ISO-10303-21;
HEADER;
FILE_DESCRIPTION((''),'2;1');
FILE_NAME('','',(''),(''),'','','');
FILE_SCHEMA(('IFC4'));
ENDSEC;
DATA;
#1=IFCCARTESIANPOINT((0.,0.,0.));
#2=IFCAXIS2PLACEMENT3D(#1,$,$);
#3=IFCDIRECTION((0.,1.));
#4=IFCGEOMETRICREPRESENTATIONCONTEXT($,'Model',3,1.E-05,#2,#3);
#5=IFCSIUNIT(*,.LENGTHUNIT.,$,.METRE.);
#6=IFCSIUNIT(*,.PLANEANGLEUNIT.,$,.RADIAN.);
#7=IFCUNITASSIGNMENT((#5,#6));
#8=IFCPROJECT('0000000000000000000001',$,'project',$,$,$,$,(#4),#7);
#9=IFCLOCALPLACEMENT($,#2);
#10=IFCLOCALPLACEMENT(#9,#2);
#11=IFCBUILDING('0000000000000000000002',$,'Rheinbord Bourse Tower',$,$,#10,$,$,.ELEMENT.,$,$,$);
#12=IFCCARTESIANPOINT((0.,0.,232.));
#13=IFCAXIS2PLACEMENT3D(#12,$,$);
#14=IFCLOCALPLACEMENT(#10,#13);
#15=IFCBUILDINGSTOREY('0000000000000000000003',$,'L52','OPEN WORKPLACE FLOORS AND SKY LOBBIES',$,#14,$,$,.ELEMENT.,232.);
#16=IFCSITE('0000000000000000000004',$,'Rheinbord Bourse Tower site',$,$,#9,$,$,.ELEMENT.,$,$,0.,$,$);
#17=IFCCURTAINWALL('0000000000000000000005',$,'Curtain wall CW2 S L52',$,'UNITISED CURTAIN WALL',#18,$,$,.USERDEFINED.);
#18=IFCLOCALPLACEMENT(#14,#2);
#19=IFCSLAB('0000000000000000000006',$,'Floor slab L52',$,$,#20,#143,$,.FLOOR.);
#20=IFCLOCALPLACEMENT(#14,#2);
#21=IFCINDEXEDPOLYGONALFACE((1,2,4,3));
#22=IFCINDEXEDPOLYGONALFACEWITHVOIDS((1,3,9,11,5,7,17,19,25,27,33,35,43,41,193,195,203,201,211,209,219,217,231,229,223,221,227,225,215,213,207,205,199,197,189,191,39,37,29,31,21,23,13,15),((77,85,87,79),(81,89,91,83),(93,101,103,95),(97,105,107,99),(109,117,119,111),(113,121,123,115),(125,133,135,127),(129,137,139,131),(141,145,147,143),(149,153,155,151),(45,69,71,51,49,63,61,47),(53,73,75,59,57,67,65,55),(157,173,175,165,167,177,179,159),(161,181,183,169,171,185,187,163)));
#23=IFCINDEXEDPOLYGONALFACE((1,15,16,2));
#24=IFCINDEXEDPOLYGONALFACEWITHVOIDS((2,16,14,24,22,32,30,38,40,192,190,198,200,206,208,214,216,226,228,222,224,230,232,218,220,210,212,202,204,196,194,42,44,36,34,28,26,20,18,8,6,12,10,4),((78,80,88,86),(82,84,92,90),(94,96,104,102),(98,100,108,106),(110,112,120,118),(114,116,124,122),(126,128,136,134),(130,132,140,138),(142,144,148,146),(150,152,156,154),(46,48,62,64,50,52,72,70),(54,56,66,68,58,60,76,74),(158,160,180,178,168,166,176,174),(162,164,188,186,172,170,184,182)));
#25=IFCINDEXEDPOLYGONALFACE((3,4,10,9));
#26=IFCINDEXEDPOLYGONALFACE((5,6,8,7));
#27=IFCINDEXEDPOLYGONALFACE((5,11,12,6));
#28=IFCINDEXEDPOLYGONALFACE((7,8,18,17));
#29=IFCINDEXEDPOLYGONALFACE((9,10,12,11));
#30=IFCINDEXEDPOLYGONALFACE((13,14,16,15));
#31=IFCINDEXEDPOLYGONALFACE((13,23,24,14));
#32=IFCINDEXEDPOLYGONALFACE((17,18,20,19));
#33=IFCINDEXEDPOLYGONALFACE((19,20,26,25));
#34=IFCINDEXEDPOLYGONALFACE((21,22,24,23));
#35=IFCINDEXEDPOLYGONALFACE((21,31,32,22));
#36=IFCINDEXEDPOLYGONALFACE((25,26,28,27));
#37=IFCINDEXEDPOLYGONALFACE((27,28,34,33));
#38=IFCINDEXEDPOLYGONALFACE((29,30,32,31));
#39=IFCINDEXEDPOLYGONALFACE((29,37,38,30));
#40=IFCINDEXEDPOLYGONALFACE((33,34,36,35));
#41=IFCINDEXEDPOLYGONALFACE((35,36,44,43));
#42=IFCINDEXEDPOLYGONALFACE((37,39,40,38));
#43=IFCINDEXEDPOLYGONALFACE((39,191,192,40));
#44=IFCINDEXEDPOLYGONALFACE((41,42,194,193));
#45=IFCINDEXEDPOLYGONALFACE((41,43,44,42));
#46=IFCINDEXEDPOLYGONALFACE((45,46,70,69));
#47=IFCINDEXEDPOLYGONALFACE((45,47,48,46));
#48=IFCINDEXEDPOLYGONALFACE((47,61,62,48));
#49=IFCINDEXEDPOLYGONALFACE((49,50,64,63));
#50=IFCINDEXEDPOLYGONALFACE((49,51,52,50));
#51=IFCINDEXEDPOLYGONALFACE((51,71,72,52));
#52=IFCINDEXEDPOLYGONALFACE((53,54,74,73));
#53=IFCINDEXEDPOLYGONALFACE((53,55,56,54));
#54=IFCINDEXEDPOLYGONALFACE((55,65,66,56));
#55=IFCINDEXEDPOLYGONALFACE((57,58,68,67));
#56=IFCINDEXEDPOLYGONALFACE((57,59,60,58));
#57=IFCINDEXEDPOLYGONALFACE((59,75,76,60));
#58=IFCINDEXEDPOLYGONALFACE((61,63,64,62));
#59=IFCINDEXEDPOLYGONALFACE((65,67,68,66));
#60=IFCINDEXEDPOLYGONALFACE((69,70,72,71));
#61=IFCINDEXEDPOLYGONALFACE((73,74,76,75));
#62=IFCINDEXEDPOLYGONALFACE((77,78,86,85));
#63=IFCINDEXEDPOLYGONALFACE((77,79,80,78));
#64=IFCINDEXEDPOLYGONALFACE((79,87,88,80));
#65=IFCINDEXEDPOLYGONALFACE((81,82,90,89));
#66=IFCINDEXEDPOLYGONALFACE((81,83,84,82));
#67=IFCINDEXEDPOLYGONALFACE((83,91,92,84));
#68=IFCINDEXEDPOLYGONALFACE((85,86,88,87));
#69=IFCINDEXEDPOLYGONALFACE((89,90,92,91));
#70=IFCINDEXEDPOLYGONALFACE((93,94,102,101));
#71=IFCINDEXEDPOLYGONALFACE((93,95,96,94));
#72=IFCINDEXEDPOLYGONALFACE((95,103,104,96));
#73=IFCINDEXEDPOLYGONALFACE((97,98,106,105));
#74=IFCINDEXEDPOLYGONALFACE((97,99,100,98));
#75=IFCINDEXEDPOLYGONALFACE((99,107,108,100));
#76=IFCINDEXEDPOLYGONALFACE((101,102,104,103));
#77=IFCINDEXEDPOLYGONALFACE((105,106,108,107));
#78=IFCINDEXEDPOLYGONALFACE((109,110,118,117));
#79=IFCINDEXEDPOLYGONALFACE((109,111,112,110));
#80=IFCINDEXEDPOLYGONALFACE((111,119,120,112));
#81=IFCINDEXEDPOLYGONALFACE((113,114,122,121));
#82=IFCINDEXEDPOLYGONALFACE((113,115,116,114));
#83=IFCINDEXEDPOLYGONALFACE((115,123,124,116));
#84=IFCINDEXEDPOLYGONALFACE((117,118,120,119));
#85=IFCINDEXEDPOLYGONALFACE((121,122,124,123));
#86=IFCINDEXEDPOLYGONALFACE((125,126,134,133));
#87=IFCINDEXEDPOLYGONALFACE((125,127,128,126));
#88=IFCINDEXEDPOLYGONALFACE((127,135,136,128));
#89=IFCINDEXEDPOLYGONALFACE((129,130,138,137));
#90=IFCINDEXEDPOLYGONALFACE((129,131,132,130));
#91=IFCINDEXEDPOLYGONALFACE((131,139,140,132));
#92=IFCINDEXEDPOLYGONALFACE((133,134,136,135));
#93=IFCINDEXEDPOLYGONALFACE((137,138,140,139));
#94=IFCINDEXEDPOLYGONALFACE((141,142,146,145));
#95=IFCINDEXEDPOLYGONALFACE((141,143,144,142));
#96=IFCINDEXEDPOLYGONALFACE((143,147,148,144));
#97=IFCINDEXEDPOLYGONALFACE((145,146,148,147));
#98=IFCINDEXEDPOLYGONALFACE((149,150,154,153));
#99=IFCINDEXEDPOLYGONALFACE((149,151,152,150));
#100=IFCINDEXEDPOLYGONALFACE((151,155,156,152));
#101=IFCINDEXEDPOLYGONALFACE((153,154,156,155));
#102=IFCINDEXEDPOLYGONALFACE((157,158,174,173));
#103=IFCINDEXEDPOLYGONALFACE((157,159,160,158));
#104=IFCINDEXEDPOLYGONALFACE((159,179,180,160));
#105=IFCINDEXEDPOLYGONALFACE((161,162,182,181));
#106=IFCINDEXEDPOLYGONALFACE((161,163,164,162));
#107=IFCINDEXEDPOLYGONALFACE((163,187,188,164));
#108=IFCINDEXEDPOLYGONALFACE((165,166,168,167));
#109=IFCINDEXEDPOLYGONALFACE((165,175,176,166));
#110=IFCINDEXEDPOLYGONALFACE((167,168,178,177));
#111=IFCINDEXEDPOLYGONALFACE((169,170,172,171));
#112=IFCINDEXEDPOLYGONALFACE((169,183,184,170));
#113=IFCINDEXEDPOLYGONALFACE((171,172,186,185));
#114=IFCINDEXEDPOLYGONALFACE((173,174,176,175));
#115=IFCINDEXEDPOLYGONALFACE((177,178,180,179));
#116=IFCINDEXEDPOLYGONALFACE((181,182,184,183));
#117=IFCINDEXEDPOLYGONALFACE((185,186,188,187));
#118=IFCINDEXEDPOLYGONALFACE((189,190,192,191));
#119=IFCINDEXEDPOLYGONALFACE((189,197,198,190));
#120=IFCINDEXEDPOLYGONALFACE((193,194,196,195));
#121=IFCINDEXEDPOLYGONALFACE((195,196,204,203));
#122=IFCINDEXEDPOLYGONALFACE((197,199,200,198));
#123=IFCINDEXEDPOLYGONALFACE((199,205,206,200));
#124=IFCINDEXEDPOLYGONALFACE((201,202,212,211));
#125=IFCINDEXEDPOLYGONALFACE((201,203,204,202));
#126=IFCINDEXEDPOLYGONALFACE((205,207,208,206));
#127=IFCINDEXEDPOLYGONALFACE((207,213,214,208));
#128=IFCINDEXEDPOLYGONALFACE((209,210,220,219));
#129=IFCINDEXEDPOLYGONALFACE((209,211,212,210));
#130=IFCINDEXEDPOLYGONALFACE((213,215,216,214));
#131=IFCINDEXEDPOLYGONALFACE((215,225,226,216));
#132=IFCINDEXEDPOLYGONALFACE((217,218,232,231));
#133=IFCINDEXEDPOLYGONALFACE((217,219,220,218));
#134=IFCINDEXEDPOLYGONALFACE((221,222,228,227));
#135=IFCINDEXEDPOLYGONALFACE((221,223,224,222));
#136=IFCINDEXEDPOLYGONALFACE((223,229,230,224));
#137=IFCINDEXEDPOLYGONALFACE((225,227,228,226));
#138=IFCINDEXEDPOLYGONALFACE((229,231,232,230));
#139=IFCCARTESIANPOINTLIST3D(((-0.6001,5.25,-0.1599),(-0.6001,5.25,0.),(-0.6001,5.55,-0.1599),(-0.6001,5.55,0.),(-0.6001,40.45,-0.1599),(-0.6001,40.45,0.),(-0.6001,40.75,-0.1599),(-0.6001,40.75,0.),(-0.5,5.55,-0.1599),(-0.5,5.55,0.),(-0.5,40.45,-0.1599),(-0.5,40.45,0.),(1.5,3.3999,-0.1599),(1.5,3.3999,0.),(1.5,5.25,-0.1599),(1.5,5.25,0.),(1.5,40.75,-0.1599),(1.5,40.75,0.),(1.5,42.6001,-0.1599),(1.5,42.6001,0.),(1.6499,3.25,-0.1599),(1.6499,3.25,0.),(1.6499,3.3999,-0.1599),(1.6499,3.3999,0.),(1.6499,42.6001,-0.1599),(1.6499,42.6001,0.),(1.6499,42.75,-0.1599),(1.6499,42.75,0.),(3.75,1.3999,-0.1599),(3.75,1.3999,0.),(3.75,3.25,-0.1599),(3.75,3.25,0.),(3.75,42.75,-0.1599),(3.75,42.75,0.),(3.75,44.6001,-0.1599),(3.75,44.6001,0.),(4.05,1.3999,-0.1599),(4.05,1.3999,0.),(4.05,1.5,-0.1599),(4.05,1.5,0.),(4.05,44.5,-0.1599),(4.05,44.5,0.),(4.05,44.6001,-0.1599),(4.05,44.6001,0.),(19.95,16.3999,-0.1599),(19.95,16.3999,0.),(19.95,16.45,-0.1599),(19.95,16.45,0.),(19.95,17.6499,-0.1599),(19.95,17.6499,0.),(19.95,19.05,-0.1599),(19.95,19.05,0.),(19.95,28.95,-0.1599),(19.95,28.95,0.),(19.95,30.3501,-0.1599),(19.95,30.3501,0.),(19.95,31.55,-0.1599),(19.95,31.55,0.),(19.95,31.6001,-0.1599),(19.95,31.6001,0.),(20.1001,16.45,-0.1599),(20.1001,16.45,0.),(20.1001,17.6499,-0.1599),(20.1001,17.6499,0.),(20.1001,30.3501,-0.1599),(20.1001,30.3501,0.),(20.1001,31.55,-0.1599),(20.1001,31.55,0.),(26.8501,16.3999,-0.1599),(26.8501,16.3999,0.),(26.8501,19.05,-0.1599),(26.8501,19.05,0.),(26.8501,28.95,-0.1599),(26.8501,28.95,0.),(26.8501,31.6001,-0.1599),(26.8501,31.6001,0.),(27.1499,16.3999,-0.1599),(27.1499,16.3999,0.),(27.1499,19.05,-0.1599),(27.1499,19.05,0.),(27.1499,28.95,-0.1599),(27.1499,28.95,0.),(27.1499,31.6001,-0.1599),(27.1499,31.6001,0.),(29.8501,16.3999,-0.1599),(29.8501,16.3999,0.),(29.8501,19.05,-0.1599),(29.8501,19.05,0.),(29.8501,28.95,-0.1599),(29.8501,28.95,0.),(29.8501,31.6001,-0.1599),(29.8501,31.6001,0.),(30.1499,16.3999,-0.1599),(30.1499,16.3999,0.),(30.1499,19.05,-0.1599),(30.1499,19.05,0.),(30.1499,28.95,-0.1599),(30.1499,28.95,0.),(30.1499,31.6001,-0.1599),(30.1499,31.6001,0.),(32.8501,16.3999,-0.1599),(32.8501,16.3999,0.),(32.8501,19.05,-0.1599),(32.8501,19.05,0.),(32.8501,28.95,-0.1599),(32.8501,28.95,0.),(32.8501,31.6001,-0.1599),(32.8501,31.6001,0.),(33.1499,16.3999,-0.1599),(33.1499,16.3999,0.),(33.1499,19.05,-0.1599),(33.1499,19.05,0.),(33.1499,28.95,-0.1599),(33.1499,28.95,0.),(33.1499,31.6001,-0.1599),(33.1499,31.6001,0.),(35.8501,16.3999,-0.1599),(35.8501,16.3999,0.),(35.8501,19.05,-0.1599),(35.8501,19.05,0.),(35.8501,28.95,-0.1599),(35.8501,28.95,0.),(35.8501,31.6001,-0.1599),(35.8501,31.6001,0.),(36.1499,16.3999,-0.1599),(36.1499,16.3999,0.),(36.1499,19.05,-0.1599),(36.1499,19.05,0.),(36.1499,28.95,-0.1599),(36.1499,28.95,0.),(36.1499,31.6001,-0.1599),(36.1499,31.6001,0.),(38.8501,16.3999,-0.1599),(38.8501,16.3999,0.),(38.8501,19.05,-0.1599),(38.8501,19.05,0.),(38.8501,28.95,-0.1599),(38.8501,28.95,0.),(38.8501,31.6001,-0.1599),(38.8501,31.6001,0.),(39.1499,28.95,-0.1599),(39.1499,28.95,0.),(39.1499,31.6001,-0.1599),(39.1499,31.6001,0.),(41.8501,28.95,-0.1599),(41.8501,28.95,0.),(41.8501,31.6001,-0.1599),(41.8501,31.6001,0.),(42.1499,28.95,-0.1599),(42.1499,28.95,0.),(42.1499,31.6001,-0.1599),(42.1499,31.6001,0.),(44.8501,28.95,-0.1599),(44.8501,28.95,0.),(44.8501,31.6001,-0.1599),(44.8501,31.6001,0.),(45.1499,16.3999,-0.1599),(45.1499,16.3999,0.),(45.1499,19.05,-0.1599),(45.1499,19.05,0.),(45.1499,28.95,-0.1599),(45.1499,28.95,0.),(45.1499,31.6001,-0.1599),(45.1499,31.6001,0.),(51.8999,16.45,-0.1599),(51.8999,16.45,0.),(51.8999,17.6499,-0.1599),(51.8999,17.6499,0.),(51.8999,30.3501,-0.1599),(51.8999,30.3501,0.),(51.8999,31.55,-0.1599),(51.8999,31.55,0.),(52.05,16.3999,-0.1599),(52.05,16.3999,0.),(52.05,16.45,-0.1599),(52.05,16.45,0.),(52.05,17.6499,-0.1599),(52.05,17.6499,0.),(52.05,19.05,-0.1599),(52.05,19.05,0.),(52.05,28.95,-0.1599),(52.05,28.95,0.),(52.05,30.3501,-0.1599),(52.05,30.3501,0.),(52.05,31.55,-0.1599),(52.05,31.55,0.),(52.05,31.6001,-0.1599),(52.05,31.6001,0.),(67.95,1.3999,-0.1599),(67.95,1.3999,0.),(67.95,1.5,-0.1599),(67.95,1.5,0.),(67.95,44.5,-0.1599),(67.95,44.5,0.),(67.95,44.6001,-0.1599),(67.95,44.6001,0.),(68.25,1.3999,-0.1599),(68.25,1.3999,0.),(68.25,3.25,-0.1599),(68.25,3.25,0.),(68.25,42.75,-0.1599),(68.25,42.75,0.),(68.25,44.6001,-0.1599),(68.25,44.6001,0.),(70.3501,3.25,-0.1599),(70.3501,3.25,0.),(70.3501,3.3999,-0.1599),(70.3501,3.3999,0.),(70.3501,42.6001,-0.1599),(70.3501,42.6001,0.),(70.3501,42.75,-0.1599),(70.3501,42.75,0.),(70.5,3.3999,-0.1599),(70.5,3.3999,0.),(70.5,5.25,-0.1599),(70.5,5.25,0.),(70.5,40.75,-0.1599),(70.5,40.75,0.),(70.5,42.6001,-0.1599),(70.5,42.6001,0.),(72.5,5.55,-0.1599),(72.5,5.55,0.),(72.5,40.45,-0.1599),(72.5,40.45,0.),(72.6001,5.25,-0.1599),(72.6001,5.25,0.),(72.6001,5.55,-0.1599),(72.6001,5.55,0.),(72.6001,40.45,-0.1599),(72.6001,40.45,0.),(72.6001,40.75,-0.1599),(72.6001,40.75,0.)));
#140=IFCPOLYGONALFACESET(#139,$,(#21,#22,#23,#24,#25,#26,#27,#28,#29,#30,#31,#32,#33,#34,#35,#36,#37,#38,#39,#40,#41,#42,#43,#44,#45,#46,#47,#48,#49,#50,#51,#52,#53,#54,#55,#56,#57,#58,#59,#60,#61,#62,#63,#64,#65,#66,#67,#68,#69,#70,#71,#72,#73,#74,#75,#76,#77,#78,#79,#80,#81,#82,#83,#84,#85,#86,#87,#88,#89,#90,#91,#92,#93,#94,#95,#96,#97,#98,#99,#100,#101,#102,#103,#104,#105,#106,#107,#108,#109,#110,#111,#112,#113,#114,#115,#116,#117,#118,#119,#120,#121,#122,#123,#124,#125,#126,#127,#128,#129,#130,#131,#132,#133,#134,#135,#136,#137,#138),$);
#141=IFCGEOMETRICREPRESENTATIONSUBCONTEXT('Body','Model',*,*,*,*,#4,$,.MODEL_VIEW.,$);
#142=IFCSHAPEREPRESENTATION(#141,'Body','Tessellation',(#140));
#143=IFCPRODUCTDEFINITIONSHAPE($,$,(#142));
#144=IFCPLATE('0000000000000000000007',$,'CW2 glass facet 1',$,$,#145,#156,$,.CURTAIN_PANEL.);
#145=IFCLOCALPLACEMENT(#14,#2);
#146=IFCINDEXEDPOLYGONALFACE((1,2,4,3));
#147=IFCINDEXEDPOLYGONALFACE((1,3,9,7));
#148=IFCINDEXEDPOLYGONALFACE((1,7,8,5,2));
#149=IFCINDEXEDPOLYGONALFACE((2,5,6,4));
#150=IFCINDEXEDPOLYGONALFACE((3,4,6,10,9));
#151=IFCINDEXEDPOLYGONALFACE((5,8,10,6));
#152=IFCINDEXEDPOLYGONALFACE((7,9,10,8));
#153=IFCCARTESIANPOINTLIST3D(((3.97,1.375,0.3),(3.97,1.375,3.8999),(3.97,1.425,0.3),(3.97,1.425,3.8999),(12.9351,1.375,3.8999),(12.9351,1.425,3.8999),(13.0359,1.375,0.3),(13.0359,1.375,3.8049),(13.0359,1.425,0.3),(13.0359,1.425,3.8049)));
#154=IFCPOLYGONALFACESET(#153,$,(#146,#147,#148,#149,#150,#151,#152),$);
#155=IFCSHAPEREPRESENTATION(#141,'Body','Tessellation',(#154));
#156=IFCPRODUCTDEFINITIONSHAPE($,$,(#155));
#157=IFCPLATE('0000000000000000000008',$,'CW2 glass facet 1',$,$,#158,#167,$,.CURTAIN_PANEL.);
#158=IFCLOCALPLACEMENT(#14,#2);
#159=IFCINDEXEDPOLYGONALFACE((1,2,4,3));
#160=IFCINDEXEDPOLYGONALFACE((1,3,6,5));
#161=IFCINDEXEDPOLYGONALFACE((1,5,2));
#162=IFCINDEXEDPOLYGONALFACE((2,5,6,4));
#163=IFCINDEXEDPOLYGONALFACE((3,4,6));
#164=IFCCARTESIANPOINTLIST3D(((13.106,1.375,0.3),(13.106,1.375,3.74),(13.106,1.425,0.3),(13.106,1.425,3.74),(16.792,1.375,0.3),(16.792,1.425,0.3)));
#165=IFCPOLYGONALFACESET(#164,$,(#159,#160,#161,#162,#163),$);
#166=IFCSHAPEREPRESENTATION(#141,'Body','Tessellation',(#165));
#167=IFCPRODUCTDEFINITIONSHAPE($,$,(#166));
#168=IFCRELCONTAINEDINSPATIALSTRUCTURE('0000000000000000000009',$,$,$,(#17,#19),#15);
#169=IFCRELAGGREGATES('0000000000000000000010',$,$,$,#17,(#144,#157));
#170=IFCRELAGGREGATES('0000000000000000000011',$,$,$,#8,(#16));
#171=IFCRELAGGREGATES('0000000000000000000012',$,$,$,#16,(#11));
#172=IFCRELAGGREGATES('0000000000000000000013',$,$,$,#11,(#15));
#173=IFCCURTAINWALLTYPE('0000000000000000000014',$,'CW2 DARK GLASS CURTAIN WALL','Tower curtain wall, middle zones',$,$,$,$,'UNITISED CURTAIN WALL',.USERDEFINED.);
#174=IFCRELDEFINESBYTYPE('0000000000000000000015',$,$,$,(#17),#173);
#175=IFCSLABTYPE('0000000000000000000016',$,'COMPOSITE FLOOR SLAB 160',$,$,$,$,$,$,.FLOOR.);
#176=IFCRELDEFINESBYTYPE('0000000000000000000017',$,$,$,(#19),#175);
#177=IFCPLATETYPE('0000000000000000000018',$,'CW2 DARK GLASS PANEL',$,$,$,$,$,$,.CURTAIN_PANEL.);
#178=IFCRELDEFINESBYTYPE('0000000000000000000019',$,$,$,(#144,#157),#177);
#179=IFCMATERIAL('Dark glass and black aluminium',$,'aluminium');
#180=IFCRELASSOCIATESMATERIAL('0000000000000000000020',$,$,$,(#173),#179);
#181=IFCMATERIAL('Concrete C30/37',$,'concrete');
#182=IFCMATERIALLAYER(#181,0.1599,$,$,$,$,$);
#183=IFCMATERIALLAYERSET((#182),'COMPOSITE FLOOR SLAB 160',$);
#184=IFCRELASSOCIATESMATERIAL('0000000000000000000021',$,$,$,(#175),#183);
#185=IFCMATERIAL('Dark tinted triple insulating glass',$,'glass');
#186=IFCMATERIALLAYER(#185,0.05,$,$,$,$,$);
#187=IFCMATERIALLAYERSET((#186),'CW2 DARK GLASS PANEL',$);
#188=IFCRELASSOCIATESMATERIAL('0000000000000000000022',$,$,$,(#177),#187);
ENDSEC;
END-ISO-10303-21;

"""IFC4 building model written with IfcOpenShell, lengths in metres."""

from ifc_helpers import new_model, si_unit, direction, frame, origin, place, context, subcontext, project, spatial, polyline, outline, extrude, material, layer, layer_set, type_object, element, aggregate, save


model = new_model("IFC4")

# Units and contexts
model_context = context("Model", 3, precision=1e-05, world=origin(), true_north=direction((0.0, 1.0)))
body_context = subcontext(model_context, "Body", "Model", "MODEL_VIEW")
ifc_project = project(units=[si_unit("LENGTHUNIT", "METRE"), si_unit("PLANEANGLEUNIT", "RADIAN")], contexts=[model_context])

# Site, building, storey
site_placement = place(None, origin())
site = spatial("IfcSite", under=ifc_project, at=site_placement, Name="Rheinbord Bourse Tower site", CompositionType="ELEMENT", RefElevation=0.0)
building_placement = place(site_placement, origin())
building = spatial("IfcBuilding", under=site, at=building_placement, Name="Rheinbord Bourse Tower", CompositionType="ELEMENT")
storey_placement = place(building_placement, frame((0.0, 0.0, 232.0)))
storey = spatial("IfcBuildingStorey", under=building, at=storey_placement, Name="L52", Description="OPEN WORKPLACE FLOORS AND SKY LOBBIES", CompositionType="ELEMENT", Elevation=232.0)

# Curtain wall
ifc_material_1 = material(Name="Dark glass and black aluminium", Category="aluminium")
curtain_wall_type = type_object("IfcCurtainWallType", Name="CW2 DARK GLASS CURTAIN WALL", Description="Tower curtain wall, middle zones", ElementType="UNITISED CURTAIN WALL", PredefinedType="USERDEFINED", material=ifc_material_1)
curtain_wall_1_placement = place(storey_placement, origin())
curtain_wall_1 = element("IfcCurtainWall", 1, at=curtain_wall_1_placement, inside=storey, type_object=curtain_wall_type, Name="Curtain wall CW2 S L52", ObjectType="UNITISED CURTAIN WALL", PredefinedType="USERDEFINED")

# Slab
ifc_material_2 = material(Name="Concrete C30/37", Category="concrete")
ifc_layer_1 = layer(ifc_material_2, 0.1599)
ifc_layer_set_1 = layer_set([ifc_layer_1], Name="COMPOSITE FLOOR SLAB 160")
slab_type_1 = type_object("IfcSlabType", Name="COMPOSITE FLOOR SLAB 160", PredefinedType="FLOOR", material=ifc_layer_set_1)
slab_1_placement = place(storey_placement, frame((0.0, 0.0, -0.1599)))
element("IfcSlab", 2, at=slab_1_placement, inside=storey, type_object=slab_type_1, Name="Floor slab L52", PredefinedType="FLOOR", context=body_context, shape_type="SweptSolid", body=[
    extrude(outline(polyline([(1.6499, 3.3999), (1.5, 3.3999), (1.5, 5.25), (-0.6001, 5.25), (-0.6001, 5.55), (-0.5, 5.55), (-0.5, 40.45), (-0.6001, 40.45), (-0.6001, 40.75), (1.5, 40.75), (1.5, 42.6001), (1.6499, 42.6001), (1.6499, 42.75), (3.75, 42.75), (3.75, 44.6001), (4.05, 44.6001), (4.05, 44.5), (67.95, 44.5), (67.95, 44.6001), (68.25, 44.6001), (68.25, 42.75), (70.3501, 42.75), (70.3501, 42.6001), (70.5, 42.6001), (70.5, 40.75), (72.6001, 40.75), (72.6001, 40.45), (72.5, 40.45), (72.5, 5.55), (72.6001, 5.55), (72.6001, 5.25), (70.5, 5.25), (70.5, 3.3999), (70.3501, 3.3999), (70.3501, 3.25), (68.25, 3.25), (68.25, 1.3999), (67.95, 1.3999), (67.95, 1.5), (4.05, 1.5), (4.05, 1.3999), (3.75, 1.3999), (3.75, 3.25), (1.6499, 3.25), (1.6499, 3.3999)]), holes=[polyline([(19.95, 19.05), (26.8501, 19.05), (26.8501, 16.3999), (19.95, 16.3999), (19.95, 16.45), (20.1001, 16.45), (20.1001, 17.6499), (19.95, 17.6499), (19.95, 19.05)]), polyline([(19.95, 31.6001), (26.8501, 31.6001), (26.8501, 28.95), (19.95, 28.95), (19.95, 30.3501), (20.1001, 30.3501), (20.1001, 31.55), (19.95, 31.55), (19.95, 31.6001)]), polyline([(52.05, 16.3999), (45.1499, 16.3999), (45.1499, 19.05), (52.05, 19.05), (52.05, 17.6499), (51.8999, 17.6499), (51.8999, 16.45), (52.05, 16.45), (52.05, 16.3999)]), polyline([(52.05, 28.95), (45.1499, 28.95), (45.1499, 31.6001), (52.05, 31.6001), (52.05, 31.55), (51.8999, 31.55), (51.8999, 30.3501), (52.05, 30.3501), (52.05, 28.95)]), polyline([(27.1499, 16.3999), (27.1499, 19.05), (29.8501, 19.05), (29.8501, 16.3999), (27.1499, 16.3999)]), polyline([(27.1499, 28.95), (27.1499, 31.6001), (29.8501, 31.6001), (29.8501, 28.95), (27.1499, 28.95)]), polyline([(30.1499, 16.3999), (30.1499, 19.05), (32.8501, 19.05), (32.8501, 16.3999), (30.1499, 16.3999)]), polyline([(30.1499, 28.95), (30.1499, 31.6001), (32.8501, 31.6001), (32.8501, 28.95), (30.1499, 28.95)]), polyline([(33.1499, 16.3999), (33.1499, 19.05), (35.8501, 19.05), (35.8501, 16.3999), (33.1499, 16.3999)]), polyline([(33.1499, 28.95), (33.1499, 31.6001), (35.8501, 31.6001), (35.8501, 28.95), (33.1499, 28.95)]), polyline([(36.1499, 16.3999), (36.1499, 19.05), (38.8501, 19.05), (38.8501, 16.3999), (36.1499, 16.3999)]), polyline([(36.1499, 28.95), (36.1499, 31.6001), (38.8501, 31.6001), (38.8501, 28.95), (36.1499, 28.95)]), polyline([(39.1499, 28.95), (39.1499, 31.6001), (41.8501, 31.6001), (41.8501, 28.95), (39.1499, 28.95)]), polyline([(42.1499, 28.95), (42.1499, 31.6001), (44.8501, 31.6001), (44.8501, 28.95), (42.1499, 28.95)])]), origin(), (0.0, 0.0, 1.0), 0.1599),
])

# Plates
ifc_material_3 = material(Name="Dark tinted triple insulating glass", Category="glass")
ifc_layer_2 = layer(ifc_material_3, 0.05)
ifc_layer_set_2 = layer_set([ifc_layer_2], Name="CW2 DARK GLASS PANEL")
plate_type = type_object("IfcPlateType", Name="CW2 DARK GLASS PANEL", PredefinedType="CURTAIN_PANEL", material=ifc_layer_set_2)
plate_1_placement = place(storey_placement, frame((13.0359, 1.375, 0.3), z_axis=(0.0, 1.0, 0.0), x_axis=(-1.0, 0.0, 0.0)))
plate_1 = element("IfcPlate", 3, at=plate_1_placement, type_object=plate_type, Name="CW2 glass facet 1", PredefinedType="CURTAIN_PANEL", context=body_context, shape_type="SweptSolid", body=[
    extrude(outline(polyline([(0.0, 0.0), (9.0659, 0.0), (9.0659, 3.5999), (0.1008, 3.5999), (0.0, 3.5049), (0.0, 0.0)])), origin(), (0.0, 0.0, 1.0), 0.05),
])
plate_2_placement = place(storey_placement, frame((13.106, 1.375, 0.3), z_axis=(0.0, 1.0, 0.0), x_axis=(0.0, 0.0, 1.0)))
plate_2 = element("IfcPlate", 4, at=plate_2_placement, type_object=plate_type, Name="CW2 glass facet 1", PredefinedType="CURTAIN_PANEL", context=body_context, shape_type="SweptSolid", body=[
    extrude(outline(polyline([(0.0, 0.0), (3.4399, 0.0), (0.0, 3.686), (0.0, 0.0)])), origin(), (0.0, 0.0, 1.0), 0.05),
])
aggregate(curtain_wall_1, [plate_1, plate_2])

save(model, "model.ifc")
